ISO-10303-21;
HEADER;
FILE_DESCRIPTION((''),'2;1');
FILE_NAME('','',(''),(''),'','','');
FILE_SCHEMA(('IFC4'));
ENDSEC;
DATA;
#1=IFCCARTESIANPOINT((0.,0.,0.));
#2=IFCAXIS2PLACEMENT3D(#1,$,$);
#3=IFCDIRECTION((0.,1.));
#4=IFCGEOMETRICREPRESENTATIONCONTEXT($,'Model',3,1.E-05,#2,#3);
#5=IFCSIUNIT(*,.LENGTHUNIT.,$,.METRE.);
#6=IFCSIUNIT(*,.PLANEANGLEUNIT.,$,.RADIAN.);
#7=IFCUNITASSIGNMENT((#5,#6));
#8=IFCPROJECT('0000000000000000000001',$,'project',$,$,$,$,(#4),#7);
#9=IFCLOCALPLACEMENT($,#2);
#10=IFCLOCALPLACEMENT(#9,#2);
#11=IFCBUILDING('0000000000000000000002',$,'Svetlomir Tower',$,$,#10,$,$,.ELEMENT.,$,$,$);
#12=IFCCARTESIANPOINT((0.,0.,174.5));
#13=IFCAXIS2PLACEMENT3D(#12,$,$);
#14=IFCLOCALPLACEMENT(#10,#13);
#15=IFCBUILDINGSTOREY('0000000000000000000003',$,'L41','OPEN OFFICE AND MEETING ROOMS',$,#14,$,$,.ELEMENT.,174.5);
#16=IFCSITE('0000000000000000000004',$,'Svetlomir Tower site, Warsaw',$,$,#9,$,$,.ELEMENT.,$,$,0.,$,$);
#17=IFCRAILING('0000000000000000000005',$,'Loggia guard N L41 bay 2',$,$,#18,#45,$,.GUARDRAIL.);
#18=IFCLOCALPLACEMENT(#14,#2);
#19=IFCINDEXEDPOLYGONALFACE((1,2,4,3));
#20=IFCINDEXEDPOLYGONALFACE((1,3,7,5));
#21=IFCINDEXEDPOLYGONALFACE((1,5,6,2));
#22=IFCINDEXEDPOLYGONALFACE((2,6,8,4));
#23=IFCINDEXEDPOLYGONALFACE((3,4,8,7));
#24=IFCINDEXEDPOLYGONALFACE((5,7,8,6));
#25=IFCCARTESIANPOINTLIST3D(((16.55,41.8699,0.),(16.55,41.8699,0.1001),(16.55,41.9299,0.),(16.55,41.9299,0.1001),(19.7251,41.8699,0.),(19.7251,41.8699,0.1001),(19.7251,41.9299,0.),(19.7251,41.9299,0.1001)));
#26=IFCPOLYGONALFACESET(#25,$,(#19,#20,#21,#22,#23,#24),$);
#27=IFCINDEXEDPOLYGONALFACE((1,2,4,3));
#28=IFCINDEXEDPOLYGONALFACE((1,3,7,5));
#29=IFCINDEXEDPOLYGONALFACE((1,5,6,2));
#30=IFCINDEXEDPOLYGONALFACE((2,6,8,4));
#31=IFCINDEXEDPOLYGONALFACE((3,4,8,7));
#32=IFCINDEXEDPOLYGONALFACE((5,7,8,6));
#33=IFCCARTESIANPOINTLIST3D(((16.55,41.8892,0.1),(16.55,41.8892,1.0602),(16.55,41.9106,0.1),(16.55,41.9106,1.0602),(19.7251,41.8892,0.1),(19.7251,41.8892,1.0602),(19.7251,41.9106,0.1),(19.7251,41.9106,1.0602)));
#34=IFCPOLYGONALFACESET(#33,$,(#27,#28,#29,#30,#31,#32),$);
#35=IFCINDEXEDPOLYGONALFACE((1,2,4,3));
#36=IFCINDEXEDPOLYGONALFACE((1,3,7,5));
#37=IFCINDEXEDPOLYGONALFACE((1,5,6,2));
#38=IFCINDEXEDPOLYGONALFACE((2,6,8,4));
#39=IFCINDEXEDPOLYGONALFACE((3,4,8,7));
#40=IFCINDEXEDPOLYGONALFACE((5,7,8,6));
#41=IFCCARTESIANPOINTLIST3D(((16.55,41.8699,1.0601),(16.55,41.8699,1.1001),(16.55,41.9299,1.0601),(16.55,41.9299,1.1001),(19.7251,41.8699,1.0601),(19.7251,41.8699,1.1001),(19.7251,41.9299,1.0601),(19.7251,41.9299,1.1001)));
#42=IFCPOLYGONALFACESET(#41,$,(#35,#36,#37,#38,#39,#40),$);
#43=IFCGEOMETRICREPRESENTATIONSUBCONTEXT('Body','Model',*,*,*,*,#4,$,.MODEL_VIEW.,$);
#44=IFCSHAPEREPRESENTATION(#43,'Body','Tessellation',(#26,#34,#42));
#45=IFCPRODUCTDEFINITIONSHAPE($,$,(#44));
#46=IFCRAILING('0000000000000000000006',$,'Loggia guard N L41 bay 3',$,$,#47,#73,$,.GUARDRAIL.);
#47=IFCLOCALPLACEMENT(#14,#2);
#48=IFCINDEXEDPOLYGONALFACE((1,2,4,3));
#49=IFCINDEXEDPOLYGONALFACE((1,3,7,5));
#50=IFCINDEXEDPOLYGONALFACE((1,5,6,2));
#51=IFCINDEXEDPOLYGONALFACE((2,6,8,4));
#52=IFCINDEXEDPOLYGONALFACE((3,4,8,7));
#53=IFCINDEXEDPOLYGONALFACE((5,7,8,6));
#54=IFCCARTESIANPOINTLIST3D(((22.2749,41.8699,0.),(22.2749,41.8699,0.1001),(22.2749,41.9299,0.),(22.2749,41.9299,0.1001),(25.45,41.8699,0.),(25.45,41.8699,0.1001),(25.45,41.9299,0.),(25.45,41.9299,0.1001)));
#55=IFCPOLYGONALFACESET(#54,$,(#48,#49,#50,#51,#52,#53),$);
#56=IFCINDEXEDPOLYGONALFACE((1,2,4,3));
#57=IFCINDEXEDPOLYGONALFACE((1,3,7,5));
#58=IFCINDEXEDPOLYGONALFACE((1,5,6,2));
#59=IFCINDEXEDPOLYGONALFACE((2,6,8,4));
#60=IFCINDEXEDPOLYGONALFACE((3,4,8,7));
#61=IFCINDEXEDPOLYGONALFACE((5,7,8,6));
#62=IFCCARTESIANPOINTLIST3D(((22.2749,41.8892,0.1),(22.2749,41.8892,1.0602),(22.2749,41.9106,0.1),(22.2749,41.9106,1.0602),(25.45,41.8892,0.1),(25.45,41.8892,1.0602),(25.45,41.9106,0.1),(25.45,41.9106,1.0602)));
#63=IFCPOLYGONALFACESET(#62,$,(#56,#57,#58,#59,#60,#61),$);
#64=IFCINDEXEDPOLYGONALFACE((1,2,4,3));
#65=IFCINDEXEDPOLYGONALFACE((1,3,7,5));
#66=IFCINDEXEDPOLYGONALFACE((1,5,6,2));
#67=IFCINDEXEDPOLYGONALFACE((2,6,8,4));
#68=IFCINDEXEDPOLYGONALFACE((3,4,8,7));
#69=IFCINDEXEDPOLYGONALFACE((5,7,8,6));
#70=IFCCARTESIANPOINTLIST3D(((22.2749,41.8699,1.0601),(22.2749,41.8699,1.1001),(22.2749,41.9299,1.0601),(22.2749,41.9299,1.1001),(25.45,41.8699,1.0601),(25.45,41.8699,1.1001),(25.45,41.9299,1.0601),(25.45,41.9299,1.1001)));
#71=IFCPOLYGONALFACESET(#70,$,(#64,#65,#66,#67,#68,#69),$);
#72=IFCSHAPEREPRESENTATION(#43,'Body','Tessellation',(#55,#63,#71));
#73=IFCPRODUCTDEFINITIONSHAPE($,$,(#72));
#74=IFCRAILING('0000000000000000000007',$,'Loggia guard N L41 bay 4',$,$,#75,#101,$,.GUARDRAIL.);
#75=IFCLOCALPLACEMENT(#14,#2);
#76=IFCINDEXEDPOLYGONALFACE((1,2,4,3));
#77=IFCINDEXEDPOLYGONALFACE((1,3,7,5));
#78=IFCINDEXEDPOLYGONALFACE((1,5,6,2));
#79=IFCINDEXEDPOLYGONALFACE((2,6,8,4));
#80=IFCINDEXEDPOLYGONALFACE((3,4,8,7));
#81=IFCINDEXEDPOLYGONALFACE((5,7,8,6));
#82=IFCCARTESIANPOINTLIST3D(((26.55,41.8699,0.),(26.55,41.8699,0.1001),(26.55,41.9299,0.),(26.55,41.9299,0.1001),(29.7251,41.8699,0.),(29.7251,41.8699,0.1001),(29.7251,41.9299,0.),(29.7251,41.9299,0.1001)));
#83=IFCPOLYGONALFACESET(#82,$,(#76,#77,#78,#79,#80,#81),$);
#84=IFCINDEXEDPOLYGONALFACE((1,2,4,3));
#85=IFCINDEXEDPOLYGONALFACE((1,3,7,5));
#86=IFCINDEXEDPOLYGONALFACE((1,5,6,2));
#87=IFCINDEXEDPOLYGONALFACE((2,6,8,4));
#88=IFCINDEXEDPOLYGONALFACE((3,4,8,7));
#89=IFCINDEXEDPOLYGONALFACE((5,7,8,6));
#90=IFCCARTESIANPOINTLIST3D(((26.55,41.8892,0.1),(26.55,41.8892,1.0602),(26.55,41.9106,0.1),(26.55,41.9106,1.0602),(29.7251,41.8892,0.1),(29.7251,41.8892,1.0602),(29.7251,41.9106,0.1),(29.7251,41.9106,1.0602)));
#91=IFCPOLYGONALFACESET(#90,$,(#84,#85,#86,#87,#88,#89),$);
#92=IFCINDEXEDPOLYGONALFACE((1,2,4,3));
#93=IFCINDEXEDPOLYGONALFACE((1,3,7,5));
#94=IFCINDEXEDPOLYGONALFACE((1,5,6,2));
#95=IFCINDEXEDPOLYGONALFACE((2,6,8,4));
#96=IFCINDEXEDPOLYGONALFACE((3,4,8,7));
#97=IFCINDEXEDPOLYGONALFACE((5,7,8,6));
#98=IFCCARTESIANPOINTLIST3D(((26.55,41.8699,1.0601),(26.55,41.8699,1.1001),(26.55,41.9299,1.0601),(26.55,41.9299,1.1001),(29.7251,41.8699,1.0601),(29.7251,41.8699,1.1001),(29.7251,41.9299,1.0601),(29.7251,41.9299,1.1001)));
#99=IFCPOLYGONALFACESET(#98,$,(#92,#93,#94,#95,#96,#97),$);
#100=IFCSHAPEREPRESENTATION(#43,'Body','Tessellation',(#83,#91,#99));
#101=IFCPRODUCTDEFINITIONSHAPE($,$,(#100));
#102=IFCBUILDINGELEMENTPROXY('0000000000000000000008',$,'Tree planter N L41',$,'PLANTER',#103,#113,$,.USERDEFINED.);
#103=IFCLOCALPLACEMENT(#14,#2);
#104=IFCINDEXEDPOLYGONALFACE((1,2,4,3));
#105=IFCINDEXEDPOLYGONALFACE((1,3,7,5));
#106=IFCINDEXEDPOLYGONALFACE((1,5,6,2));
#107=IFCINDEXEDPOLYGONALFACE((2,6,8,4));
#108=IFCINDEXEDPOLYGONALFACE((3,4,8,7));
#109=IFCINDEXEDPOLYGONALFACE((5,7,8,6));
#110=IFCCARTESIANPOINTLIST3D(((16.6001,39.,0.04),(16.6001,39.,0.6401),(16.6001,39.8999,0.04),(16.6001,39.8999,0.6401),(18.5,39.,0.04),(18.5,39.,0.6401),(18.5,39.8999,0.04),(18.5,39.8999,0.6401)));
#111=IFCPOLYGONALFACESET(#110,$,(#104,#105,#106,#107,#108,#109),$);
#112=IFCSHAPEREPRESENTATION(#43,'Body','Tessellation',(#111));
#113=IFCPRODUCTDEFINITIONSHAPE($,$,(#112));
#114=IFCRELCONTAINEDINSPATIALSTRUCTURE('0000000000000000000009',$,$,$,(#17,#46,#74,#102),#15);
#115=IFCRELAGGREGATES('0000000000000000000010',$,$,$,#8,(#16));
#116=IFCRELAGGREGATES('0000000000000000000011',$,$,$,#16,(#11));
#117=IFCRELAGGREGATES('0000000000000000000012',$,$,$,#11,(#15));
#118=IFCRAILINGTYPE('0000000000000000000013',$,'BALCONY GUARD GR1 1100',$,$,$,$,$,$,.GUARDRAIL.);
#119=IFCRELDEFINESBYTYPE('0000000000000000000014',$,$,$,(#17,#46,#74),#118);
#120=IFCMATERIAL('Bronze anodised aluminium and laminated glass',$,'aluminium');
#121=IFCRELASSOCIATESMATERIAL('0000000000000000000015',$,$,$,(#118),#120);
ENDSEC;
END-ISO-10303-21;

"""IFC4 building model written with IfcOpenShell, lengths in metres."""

from ifc_helpers import new_model, si_unit, direction, frame, origin, origin_2d, place, context, subcontext, project, spatial, rectangle, extrude, material, type_object, element, save


model = new_model("IFC4")

# Units and contexts
model_context = context("Model", 3, precision=1e-05, world=origin(), true_north=direction((0.0, 1.0)))
body_context = subcontext(model_context, "Body", "Model", "MODEL_VIEW")
ifc_project = project(units=[si_unit("LENGTHUNIT", "METRE"), si_unit("PLANEANGLEUNIT", "RADIAN")], contexts=[model_context])

# Site, building, storey
site_placement = place(None, origin())
site = spatial("IfcSite", under=ifc_project, at=site_placement, Name="Svetlomir Tower site, Warsaw", CompositionType="ELEMENT", RefElevation=0.0)
building_placement = place(site_placement, origin())
building = spatial("IfcBuilding", under=site, at=building_placement, Name="Svetlomir Tower", CompositionType="ELEMENT")
storey_placement = place(building_placement, frame((0.0, 0.0, 174.5)))
storey = spatial("IfcBuildingStorey", under=building, at=storey_placement, Name="L41", Description="OPEN OFFICE AND MEETING ROOMS", CompositionType="ELEMENT", Elevation=174.5)

# Railings
ifc_material_1 = material(Name="Bronze anodised aluminium and laminated glass", Category="aluminium")
railing_type = type_object("IfcRailingType", Name="BALCONY GUARD GR1 1100", PredefinedType="GUARDRAIL", material=ifc_material_1)
for number, where, name in (
    (1, (16.55, 41.8999, 0.0), "Loggia guard N L41 bay 2"),
    (2, (22.2749, 41.8999, 0.0), "Loggia guard N L41 bay 3"),
    (3, (26.55, 41.8999, 0.0), "Loggia guard N L41 bay 4"),
):
    element("IfcRailing", number, at=place(storey_placement, frame(where)), inside=storey, type_object=railing_type, Name=name, PredefinedType="GUARDRAIL", context=body_context, shape_type="SweptSolid", body=[
        extrude(rectangle(XDim=0.0601, YDim=0.1001, at=origin_2d()), frame((0.0, 0.0, 0.05), z_axis=(1.0, 0.0, 0.0), x_axis=(0.0, 1.0, 0.0)), (0.0, 0.0, 1.0), 3.175),
        extrude(rectangle(XDim=0.0215, YDim=0.9602, at=origin_2d()), frame((0.0, 0.0, 0.5801), z_axis=(1.0, 0.0, 0.0), x_axis=(0.0, 1.0, 0.0)), (0.0, 0.0, 1.0), 3.175),
        extrude(rectangle(XDim=0.0601, YDim=0.04, at=origin_2d()), frame((0.0, 0.0, 1.0801), z_axis=(1.0, 0.0, 0.0), x_axis=(0.0, 1.0, 0.0)), (0.0, 0.0, 1.0), 3.175),
    ])

# Building element proxy
proxy_placement = place(storey_placement, frame((17.55, 39.45, 0.04), z_axis=(0.0, 0.0, 1.0), x_axis=(1.0, 0.0, 0.0)))
element("IfcBuildingElementProxy", 4, at=proxy_placement, inside=storey, Name="Tree planter N L41", ObjectType="PLANTER", PredefinedType="USERDEFINED", context=body_context, shape_type="SweptSolid", body=[
    extrude(rectangle(XDim=1.8999, YDim=0.8999, at=origin_2d()), origin(), (0.0, 0.0, 1.0), 0.6001),
])

save(model, "model.ifc")
